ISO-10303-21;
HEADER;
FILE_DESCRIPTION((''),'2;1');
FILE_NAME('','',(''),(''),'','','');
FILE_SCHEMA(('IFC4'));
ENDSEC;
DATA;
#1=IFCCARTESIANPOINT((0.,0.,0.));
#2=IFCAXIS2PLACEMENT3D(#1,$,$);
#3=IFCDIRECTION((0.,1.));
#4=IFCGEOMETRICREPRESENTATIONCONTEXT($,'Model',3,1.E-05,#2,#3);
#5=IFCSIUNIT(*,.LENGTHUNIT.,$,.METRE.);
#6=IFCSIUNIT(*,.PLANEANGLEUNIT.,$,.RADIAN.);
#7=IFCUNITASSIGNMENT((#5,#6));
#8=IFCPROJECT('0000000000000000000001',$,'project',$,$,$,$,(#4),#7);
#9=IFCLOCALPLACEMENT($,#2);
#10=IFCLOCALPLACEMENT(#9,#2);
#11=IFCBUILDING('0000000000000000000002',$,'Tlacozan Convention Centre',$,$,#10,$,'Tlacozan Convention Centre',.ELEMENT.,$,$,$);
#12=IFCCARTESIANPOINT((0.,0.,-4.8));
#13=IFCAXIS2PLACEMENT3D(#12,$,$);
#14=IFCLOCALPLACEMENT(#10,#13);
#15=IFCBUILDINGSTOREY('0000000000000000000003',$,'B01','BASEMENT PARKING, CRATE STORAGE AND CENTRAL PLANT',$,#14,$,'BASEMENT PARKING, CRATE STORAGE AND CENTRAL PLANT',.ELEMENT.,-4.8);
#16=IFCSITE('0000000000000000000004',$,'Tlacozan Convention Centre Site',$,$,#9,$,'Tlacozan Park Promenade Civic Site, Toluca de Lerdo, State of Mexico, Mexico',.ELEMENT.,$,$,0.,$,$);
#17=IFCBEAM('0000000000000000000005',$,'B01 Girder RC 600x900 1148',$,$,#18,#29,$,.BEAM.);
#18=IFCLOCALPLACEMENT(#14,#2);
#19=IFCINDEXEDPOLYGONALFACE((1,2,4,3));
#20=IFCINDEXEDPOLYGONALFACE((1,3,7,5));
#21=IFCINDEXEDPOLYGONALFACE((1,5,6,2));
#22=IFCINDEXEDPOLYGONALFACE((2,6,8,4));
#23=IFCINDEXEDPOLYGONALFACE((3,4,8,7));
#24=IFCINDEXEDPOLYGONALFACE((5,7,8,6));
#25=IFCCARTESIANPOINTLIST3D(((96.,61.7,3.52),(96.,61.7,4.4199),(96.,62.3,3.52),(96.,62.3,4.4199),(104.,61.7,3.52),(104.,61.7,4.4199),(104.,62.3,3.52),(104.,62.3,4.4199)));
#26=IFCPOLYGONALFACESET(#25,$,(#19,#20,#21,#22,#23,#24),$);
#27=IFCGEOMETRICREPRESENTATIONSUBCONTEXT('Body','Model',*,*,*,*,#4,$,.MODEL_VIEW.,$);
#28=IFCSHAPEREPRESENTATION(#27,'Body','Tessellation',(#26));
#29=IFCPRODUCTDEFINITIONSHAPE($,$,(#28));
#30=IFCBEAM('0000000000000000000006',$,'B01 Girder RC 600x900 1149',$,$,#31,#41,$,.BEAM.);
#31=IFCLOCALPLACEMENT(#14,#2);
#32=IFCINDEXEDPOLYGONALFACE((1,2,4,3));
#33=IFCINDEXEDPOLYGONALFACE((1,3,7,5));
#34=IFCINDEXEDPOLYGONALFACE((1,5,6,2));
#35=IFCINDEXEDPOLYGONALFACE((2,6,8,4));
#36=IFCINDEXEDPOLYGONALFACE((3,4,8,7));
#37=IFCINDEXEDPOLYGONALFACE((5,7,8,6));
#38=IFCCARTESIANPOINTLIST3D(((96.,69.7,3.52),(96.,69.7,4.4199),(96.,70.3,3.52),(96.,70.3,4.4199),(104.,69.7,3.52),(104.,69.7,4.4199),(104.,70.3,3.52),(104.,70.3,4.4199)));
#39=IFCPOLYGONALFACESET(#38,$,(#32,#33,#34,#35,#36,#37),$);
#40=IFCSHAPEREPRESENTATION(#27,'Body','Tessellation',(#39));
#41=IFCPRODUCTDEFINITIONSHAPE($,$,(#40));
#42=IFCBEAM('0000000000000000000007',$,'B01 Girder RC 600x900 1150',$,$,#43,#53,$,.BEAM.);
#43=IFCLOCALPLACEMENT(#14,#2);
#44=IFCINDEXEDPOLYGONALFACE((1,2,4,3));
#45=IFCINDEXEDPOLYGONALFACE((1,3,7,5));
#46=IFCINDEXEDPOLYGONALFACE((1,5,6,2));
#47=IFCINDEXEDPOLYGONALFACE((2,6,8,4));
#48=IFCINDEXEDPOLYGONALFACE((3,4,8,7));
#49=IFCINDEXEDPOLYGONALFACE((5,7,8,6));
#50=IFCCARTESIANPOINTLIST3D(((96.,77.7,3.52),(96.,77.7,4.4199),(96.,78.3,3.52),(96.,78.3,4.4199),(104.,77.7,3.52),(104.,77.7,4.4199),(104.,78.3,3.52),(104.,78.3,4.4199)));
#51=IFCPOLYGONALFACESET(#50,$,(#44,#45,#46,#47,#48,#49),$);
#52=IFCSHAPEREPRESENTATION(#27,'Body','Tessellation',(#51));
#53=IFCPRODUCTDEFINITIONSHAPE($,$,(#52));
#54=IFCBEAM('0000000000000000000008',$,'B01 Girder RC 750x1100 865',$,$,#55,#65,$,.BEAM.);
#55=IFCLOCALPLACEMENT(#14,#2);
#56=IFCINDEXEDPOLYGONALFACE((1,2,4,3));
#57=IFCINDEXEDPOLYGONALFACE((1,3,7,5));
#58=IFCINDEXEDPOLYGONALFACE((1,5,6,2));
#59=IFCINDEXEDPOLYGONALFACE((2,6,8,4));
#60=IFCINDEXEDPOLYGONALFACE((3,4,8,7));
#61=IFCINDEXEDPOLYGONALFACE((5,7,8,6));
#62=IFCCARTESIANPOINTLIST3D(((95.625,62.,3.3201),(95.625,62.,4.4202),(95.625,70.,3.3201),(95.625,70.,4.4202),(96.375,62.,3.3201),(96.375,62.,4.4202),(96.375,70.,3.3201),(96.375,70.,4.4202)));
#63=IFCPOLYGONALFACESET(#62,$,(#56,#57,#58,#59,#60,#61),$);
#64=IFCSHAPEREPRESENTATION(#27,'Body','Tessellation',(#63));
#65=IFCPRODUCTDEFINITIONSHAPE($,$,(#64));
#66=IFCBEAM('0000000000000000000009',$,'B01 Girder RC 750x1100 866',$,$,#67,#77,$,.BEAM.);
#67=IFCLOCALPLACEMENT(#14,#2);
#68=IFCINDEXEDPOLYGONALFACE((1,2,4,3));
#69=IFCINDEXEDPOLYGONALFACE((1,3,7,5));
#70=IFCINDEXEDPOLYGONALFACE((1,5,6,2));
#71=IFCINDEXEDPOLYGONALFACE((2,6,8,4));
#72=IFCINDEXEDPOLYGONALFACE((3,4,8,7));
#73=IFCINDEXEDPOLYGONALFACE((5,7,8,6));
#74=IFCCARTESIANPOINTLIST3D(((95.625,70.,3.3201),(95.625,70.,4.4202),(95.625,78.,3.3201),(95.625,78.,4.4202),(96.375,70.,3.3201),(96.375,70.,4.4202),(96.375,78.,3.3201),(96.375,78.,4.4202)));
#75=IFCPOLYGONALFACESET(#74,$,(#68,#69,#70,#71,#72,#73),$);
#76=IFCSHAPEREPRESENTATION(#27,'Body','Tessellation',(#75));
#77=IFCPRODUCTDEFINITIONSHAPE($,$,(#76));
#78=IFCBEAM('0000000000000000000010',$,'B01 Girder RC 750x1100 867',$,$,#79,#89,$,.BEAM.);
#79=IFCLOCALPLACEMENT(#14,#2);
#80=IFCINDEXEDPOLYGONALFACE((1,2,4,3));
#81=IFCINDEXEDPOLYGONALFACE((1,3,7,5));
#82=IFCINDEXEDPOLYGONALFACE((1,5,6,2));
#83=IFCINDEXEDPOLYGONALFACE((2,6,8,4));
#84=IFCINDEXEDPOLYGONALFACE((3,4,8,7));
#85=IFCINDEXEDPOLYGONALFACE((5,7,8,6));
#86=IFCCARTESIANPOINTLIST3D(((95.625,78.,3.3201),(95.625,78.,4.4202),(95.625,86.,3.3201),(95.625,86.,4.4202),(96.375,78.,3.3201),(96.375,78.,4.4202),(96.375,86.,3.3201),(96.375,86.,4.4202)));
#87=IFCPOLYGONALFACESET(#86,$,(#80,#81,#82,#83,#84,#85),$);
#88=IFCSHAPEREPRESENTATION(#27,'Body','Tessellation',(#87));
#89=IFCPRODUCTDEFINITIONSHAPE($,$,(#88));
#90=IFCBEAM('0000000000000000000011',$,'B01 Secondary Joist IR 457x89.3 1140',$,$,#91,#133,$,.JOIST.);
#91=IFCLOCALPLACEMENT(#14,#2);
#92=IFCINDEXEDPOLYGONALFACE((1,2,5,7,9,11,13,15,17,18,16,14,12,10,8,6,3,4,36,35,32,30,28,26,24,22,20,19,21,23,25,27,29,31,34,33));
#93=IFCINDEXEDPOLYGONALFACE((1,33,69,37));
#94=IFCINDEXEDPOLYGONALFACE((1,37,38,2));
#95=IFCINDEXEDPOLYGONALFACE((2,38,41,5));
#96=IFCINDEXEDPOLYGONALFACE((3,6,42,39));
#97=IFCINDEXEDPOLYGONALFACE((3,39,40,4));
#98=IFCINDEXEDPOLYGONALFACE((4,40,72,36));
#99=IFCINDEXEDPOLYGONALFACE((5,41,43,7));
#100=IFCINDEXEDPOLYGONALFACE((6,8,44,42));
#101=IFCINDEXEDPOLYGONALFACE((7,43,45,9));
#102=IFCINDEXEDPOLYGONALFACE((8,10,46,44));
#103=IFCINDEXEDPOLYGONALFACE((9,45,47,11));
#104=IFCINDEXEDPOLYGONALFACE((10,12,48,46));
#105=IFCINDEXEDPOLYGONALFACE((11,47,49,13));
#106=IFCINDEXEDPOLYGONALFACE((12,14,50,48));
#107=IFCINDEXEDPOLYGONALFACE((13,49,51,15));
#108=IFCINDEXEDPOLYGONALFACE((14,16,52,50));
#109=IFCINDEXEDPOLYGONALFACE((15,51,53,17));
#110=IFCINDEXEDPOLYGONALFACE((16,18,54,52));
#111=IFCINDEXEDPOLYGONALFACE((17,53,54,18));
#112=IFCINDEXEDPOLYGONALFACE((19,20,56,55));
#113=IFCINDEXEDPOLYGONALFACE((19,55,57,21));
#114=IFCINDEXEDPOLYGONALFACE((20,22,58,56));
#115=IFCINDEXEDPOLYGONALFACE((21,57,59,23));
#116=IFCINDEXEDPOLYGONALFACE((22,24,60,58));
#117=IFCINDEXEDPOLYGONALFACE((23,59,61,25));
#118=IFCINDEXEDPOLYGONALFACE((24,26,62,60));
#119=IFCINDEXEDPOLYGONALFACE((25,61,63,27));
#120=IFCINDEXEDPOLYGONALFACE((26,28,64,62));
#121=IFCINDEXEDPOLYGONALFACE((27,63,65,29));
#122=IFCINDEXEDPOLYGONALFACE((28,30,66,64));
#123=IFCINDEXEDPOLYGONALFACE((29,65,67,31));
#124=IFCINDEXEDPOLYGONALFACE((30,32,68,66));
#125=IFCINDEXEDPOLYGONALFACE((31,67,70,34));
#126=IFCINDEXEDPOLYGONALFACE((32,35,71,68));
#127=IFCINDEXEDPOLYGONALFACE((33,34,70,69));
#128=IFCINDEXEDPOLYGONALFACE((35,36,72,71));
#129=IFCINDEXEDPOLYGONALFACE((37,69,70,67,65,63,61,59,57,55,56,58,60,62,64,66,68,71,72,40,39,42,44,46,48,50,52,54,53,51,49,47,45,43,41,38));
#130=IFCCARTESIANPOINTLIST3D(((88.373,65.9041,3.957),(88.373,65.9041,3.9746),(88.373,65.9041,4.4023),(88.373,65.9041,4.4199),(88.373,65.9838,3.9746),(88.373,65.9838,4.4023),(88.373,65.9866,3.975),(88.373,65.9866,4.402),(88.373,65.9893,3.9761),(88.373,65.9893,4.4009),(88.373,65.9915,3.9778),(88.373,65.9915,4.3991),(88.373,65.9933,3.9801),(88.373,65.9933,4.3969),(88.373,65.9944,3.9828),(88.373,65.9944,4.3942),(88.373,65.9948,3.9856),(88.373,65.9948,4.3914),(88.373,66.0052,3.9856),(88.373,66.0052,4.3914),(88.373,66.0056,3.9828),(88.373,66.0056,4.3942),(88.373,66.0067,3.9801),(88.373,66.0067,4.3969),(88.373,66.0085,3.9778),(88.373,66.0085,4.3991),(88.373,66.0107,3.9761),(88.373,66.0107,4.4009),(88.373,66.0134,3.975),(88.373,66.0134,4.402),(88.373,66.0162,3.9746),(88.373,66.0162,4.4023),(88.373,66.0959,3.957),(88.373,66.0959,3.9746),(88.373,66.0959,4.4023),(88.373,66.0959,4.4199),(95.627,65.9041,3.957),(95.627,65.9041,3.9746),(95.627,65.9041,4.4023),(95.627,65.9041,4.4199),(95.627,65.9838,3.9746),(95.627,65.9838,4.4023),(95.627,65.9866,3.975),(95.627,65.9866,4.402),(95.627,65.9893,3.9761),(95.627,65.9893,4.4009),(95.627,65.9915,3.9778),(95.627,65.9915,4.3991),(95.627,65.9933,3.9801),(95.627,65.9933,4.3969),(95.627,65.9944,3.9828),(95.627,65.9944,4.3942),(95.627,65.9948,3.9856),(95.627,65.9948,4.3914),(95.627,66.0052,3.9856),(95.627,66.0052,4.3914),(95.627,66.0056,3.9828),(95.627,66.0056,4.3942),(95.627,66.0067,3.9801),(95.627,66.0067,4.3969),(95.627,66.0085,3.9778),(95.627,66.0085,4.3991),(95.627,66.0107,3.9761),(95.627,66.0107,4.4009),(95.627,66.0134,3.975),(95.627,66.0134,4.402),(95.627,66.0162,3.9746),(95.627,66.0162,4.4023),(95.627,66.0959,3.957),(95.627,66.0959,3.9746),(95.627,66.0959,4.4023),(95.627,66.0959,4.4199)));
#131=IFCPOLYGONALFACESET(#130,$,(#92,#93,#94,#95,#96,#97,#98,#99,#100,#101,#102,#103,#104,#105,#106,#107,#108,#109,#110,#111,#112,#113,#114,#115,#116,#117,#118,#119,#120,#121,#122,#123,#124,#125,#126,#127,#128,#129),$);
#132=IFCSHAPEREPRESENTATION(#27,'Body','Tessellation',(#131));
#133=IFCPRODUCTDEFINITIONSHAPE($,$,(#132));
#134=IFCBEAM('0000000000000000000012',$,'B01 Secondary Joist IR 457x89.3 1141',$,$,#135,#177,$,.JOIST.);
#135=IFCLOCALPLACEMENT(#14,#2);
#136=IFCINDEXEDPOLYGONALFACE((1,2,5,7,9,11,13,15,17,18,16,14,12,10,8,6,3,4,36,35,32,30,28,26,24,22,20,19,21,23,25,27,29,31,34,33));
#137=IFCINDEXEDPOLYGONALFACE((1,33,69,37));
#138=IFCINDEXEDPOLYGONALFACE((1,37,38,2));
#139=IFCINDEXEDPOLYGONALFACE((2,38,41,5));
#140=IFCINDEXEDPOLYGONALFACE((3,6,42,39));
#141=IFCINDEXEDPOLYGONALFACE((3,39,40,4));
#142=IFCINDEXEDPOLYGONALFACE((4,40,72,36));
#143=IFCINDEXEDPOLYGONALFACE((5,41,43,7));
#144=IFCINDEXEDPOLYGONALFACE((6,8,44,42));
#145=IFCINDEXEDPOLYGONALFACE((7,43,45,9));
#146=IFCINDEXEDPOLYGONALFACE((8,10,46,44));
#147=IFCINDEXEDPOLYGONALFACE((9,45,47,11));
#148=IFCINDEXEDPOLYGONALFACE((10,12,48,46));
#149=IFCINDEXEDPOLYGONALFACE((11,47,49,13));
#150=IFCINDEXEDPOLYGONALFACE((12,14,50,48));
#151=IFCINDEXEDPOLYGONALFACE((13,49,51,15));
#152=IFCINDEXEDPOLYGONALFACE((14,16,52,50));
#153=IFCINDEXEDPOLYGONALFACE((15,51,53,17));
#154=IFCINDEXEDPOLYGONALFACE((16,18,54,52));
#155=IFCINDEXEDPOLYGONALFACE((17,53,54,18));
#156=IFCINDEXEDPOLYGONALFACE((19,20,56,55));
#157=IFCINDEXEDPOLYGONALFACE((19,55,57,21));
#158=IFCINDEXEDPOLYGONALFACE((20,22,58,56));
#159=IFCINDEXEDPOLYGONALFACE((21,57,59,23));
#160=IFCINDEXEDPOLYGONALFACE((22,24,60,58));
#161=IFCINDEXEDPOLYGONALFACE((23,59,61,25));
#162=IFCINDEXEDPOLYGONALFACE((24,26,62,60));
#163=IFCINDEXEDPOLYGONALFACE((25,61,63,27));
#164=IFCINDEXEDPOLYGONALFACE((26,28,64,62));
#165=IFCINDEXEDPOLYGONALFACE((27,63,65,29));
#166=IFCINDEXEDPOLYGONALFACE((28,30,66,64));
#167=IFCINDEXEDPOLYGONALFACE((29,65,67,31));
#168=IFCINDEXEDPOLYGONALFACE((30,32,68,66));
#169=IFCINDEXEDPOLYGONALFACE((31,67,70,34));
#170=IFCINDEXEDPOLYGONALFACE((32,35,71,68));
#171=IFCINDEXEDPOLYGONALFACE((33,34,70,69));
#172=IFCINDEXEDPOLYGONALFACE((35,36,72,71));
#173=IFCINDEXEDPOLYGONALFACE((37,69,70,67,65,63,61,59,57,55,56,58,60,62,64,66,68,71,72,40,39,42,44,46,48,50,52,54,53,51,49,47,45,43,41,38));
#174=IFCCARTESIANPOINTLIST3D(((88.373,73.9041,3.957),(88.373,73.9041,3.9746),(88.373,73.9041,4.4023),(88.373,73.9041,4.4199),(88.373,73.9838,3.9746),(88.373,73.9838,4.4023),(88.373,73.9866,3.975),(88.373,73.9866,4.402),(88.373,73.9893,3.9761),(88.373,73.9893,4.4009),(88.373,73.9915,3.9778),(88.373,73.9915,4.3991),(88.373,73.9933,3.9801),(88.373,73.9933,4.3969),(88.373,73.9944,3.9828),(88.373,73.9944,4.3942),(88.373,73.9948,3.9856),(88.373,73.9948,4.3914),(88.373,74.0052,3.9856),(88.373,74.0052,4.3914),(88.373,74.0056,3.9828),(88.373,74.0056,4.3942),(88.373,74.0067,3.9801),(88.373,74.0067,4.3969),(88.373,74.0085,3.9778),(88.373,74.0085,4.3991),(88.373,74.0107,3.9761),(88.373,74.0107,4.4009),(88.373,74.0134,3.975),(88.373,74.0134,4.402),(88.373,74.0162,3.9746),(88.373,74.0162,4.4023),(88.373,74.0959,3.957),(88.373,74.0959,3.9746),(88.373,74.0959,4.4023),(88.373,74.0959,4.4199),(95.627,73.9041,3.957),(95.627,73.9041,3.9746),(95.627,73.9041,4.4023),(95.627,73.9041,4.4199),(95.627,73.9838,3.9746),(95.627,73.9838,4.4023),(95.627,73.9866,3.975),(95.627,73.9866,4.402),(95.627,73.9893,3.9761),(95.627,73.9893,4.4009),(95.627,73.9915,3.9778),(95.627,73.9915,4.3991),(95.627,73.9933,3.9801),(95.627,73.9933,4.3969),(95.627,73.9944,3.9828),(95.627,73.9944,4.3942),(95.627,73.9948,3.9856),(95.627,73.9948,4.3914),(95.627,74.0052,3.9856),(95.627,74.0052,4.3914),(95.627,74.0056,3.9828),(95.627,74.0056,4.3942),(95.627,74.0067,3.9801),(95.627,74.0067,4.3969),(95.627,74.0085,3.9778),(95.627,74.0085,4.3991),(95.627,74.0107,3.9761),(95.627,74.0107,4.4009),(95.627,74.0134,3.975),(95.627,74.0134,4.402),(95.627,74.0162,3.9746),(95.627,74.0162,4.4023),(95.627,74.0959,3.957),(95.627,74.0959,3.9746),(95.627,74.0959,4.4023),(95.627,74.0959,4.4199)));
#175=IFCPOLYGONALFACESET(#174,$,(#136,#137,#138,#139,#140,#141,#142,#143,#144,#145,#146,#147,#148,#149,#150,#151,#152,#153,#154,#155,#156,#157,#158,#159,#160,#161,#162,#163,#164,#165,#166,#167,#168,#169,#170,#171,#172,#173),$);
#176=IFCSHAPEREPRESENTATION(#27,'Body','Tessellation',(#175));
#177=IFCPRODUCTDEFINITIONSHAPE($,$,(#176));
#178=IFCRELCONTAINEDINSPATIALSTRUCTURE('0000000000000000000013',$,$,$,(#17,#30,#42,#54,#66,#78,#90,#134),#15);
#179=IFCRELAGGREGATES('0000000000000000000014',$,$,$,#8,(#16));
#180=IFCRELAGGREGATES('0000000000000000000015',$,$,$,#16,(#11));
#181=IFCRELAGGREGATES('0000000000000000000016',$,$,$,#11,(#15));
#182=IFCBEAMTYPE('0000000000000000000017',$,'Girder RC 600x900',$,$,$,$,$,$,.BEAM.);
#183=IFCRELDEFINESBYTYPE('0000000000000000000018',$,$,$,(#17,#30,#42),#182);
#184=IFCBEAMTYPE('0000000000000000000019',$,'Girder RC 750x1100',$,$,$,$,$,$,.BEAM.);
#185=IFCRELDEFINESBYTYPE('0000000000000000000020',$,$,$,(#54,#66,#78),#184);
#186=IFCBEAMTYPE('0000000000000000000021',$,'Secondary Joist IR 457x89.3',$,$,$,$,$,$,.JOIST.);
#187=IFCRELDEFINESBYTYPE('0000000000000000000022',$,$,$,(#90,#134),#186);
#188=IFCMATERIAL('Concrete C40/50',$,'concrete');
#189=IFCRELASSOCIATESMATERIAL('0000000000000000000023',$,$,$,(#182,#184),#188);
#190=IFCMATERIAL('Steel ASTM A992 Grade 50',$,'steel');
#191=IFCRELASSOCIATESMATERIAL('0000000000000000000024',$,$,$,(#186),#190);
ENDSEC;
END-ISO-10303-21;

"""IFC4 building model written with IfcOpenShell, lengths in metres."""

from ifc_helpers import new_model, si_unit, direction, frame, origin, origin_2d, place, context, subcontext, project, spatial, rectangle, i_section, extrude, material, material_profile, profile_set, type_object, element, save


model = new_model("IFC4")

# Units and contexts
model_context = context("Model", 3, precision=1e-05, world=origin(), true_north=direction((0.0, 1.0)))
body_context = subcontext(model_context, "Body", "Model", "MODEL_VIEW")
ifc_project = project(units=[si_unit("LENGTHUNIT", "METRE"), si_unit("PLANEANGLEUNIT", "RADIAN")], contexts=[model_context])

# Site, building, storey
site_placement = place(None, origin())
site = spatial("IfcSite", under=ifc_project, at=site_placement, Name="Tlacozan Convention Centre Site", LongName="Tlacozan Park Promenade Civic Site, Toluca de Lerdo, State of Mexico, Mexico", CompositionType="ELEMENT", RefElevation=0.0)
building_placement = place(site_placement, origin())
building = spatial("IfcBuilding", under=site, at=building_placement, Name="Tlacozan Convention Centre", LongName="Tlacozan Convention Centre", CompositionType="ELEMENT")
storey_placement = place(building_placement, frame((0.0, 0.0, -4.8)))
storey = spatial("IfcBuildingStorey", under=building, at=storey_placement, Name="B01", Description="BASEMENT PARKING, CRATE STORAGE AND CENTRAL PLANT", LongName="BASEMENT PARKING, CRATE STORAGE AND CENTRAL PLANT", CompositionType="ELEMENT", Elevation=-4.8)

# Shared definitions
ifc_material_1 = material(Name="Concrete C40/50", Category="concrete")

# Beams
ifc_material_profile_1 = material_profile(ifc_material_1, rectangle(XDim=0.6001, YDim=0.8999, at=origin_2d()), Name="RC 600x900")
ifc_profile_set_1 = profile_set([ifc_material_profile_1], Name="Concrete C40/50")
beam_type_1 = type_object("IfcBeamType", Name="Girder RC 600x900", PredefinedType="BEAM", material=ifc_profile_set_1)
for number, where, z_axis, x_axis, name in (
    (1, (96.0, 62.0, 3.97), (1.0, 0.0, 0.0), (0.0, 1.0, 0.0), "B01 Girder RC 600x900 1148"),
    (2, (96.0, 70.0, 3.97), (1.0, 0.0, 0.0), (0.0, 1.0, 0.0), "B01 Girder RC 600x900 1149"),
    (3, (96.0, 78.0, 3.97), (1.0, 0.0, 0.0), (0.0, 1.0, 0.0), "B01 Girder RC 600x900 1150"),
):
    element("IfcBeam", number, at=place(storey_placement, frame(where, z_axis=z_axis, x_axis=x_axis)), inside=storey, type_object=beam_type_1, Name=name, PredefinedType="BEAM", context=body_context, shape_type="SweptSolid", body=[
        extrude(rectangle(XDim=0.6001, YDim=0.8999, at=origin_2d()), origin(), (0.0, 0.0, 1.0), 8.0),
    ])
ifc_material_profile_2 = material_profile(ifc_material_1, rectangle(XDim=0.75, YDim=1.1001, at=origin_2d()), Name="RC 750x1100")
ifc_profile_set_2 = profile_set([ifc_material_profile_2], Name="Concrete C40/50")
beam_type_2 = type_object("IfcBeamType", Name="Girder RC 750x1100", PredefinedType="BEAM", material=ifc_profile_set_2)
for number, where, z_axis, x_axis, name in (
    (4, (96.0, 62.0, 3.8701), (0.0, 1.0, 0.0), (-1.0, 0.0, 0.0), "B01 Girder RC 750x1100 865"),
    (5, (96.0, 70.0, 3.8701), (0.0, 1.0, 0.0), (-1.0, 0.0, 0.0), "B01 Girder RC 750x1100 866"),
    (6, (96.0, 78.0, 3.8701), (0.0, 1.0, 0.0), (-1.0, 0.0, 0.0), "B01 Girder RC 750x1100 867"),
):
    element("IfcBeam", number, at=place(storey_placement, frame(where, z_axis=z_axis, x_axis=x_axis)), inside=storey, type_object=beam_type_2, Name=name, PredefinedType="BEAM", context=body_context, shape_type="SweptSolid", body=[
        extrude(rectangle(XDim=0.75, YDim=1.1001, at=origin_2d()), origin(), (0.0, 0.0, 1.0), 8.0),
    ])
ifc_material_2 = material(Name="Steel ASTM A992 Grade 50", Category="steel")
ifc_material_profile_3 = material_profile(ifc_material_2, i_section(OverallWidth=0.1919, OverallDepth=0.4629, WebThickness=0.0105, FlangeThickness=0.0176, FilletRadius=0.011, at=origin_2d()), Name="IR 457x89.3")
ifc_profile_set_3 = profile_set([ifc_material_profile_3], Name="Steel ASTM A992 Grade 50")
beam_type_3 = type_object("IfcBeamType", Name="Secondary Joist IR 457x89.3", PredefinedType="JOIST", material=ifc_profile_set_3)
for number, where, z_axis, x_axis, name in (
    (7, (88.373, 66.0, 4.1885), (1.0, 0.0, 0.0), (0.0, 1.0, 0.0), "B01 Secondary Joist IR 457x89.3 1140"),
    (8, (88.373, 74.0, 4.1885), (1.0, 0.0, 0.0), (0.0, 1.0, 0.0), "B01 Secondary Joist IR 457x89.3 1141"),
):
    element("IfcBeam", number, at=place(storey_placement, frame(where, z_axis=z_axis, x_axis=x_axis)), inside=storey, type_object=beam_type_3, Name=name, PredefinedType="JOIST", context=body_context, shape_type="SweptSolid", body=[
        extrude(i_section(OverallWidth=0.1919, OverallDepth=0.4629, WebThickness=0.0105, FlangeThickness=0.0176, FilletRadius=0.011, at=origin_2d()), origin(), (0.0, 0.0, 1.0), 7.2539),
    ])

save(model, "model.ifc")
